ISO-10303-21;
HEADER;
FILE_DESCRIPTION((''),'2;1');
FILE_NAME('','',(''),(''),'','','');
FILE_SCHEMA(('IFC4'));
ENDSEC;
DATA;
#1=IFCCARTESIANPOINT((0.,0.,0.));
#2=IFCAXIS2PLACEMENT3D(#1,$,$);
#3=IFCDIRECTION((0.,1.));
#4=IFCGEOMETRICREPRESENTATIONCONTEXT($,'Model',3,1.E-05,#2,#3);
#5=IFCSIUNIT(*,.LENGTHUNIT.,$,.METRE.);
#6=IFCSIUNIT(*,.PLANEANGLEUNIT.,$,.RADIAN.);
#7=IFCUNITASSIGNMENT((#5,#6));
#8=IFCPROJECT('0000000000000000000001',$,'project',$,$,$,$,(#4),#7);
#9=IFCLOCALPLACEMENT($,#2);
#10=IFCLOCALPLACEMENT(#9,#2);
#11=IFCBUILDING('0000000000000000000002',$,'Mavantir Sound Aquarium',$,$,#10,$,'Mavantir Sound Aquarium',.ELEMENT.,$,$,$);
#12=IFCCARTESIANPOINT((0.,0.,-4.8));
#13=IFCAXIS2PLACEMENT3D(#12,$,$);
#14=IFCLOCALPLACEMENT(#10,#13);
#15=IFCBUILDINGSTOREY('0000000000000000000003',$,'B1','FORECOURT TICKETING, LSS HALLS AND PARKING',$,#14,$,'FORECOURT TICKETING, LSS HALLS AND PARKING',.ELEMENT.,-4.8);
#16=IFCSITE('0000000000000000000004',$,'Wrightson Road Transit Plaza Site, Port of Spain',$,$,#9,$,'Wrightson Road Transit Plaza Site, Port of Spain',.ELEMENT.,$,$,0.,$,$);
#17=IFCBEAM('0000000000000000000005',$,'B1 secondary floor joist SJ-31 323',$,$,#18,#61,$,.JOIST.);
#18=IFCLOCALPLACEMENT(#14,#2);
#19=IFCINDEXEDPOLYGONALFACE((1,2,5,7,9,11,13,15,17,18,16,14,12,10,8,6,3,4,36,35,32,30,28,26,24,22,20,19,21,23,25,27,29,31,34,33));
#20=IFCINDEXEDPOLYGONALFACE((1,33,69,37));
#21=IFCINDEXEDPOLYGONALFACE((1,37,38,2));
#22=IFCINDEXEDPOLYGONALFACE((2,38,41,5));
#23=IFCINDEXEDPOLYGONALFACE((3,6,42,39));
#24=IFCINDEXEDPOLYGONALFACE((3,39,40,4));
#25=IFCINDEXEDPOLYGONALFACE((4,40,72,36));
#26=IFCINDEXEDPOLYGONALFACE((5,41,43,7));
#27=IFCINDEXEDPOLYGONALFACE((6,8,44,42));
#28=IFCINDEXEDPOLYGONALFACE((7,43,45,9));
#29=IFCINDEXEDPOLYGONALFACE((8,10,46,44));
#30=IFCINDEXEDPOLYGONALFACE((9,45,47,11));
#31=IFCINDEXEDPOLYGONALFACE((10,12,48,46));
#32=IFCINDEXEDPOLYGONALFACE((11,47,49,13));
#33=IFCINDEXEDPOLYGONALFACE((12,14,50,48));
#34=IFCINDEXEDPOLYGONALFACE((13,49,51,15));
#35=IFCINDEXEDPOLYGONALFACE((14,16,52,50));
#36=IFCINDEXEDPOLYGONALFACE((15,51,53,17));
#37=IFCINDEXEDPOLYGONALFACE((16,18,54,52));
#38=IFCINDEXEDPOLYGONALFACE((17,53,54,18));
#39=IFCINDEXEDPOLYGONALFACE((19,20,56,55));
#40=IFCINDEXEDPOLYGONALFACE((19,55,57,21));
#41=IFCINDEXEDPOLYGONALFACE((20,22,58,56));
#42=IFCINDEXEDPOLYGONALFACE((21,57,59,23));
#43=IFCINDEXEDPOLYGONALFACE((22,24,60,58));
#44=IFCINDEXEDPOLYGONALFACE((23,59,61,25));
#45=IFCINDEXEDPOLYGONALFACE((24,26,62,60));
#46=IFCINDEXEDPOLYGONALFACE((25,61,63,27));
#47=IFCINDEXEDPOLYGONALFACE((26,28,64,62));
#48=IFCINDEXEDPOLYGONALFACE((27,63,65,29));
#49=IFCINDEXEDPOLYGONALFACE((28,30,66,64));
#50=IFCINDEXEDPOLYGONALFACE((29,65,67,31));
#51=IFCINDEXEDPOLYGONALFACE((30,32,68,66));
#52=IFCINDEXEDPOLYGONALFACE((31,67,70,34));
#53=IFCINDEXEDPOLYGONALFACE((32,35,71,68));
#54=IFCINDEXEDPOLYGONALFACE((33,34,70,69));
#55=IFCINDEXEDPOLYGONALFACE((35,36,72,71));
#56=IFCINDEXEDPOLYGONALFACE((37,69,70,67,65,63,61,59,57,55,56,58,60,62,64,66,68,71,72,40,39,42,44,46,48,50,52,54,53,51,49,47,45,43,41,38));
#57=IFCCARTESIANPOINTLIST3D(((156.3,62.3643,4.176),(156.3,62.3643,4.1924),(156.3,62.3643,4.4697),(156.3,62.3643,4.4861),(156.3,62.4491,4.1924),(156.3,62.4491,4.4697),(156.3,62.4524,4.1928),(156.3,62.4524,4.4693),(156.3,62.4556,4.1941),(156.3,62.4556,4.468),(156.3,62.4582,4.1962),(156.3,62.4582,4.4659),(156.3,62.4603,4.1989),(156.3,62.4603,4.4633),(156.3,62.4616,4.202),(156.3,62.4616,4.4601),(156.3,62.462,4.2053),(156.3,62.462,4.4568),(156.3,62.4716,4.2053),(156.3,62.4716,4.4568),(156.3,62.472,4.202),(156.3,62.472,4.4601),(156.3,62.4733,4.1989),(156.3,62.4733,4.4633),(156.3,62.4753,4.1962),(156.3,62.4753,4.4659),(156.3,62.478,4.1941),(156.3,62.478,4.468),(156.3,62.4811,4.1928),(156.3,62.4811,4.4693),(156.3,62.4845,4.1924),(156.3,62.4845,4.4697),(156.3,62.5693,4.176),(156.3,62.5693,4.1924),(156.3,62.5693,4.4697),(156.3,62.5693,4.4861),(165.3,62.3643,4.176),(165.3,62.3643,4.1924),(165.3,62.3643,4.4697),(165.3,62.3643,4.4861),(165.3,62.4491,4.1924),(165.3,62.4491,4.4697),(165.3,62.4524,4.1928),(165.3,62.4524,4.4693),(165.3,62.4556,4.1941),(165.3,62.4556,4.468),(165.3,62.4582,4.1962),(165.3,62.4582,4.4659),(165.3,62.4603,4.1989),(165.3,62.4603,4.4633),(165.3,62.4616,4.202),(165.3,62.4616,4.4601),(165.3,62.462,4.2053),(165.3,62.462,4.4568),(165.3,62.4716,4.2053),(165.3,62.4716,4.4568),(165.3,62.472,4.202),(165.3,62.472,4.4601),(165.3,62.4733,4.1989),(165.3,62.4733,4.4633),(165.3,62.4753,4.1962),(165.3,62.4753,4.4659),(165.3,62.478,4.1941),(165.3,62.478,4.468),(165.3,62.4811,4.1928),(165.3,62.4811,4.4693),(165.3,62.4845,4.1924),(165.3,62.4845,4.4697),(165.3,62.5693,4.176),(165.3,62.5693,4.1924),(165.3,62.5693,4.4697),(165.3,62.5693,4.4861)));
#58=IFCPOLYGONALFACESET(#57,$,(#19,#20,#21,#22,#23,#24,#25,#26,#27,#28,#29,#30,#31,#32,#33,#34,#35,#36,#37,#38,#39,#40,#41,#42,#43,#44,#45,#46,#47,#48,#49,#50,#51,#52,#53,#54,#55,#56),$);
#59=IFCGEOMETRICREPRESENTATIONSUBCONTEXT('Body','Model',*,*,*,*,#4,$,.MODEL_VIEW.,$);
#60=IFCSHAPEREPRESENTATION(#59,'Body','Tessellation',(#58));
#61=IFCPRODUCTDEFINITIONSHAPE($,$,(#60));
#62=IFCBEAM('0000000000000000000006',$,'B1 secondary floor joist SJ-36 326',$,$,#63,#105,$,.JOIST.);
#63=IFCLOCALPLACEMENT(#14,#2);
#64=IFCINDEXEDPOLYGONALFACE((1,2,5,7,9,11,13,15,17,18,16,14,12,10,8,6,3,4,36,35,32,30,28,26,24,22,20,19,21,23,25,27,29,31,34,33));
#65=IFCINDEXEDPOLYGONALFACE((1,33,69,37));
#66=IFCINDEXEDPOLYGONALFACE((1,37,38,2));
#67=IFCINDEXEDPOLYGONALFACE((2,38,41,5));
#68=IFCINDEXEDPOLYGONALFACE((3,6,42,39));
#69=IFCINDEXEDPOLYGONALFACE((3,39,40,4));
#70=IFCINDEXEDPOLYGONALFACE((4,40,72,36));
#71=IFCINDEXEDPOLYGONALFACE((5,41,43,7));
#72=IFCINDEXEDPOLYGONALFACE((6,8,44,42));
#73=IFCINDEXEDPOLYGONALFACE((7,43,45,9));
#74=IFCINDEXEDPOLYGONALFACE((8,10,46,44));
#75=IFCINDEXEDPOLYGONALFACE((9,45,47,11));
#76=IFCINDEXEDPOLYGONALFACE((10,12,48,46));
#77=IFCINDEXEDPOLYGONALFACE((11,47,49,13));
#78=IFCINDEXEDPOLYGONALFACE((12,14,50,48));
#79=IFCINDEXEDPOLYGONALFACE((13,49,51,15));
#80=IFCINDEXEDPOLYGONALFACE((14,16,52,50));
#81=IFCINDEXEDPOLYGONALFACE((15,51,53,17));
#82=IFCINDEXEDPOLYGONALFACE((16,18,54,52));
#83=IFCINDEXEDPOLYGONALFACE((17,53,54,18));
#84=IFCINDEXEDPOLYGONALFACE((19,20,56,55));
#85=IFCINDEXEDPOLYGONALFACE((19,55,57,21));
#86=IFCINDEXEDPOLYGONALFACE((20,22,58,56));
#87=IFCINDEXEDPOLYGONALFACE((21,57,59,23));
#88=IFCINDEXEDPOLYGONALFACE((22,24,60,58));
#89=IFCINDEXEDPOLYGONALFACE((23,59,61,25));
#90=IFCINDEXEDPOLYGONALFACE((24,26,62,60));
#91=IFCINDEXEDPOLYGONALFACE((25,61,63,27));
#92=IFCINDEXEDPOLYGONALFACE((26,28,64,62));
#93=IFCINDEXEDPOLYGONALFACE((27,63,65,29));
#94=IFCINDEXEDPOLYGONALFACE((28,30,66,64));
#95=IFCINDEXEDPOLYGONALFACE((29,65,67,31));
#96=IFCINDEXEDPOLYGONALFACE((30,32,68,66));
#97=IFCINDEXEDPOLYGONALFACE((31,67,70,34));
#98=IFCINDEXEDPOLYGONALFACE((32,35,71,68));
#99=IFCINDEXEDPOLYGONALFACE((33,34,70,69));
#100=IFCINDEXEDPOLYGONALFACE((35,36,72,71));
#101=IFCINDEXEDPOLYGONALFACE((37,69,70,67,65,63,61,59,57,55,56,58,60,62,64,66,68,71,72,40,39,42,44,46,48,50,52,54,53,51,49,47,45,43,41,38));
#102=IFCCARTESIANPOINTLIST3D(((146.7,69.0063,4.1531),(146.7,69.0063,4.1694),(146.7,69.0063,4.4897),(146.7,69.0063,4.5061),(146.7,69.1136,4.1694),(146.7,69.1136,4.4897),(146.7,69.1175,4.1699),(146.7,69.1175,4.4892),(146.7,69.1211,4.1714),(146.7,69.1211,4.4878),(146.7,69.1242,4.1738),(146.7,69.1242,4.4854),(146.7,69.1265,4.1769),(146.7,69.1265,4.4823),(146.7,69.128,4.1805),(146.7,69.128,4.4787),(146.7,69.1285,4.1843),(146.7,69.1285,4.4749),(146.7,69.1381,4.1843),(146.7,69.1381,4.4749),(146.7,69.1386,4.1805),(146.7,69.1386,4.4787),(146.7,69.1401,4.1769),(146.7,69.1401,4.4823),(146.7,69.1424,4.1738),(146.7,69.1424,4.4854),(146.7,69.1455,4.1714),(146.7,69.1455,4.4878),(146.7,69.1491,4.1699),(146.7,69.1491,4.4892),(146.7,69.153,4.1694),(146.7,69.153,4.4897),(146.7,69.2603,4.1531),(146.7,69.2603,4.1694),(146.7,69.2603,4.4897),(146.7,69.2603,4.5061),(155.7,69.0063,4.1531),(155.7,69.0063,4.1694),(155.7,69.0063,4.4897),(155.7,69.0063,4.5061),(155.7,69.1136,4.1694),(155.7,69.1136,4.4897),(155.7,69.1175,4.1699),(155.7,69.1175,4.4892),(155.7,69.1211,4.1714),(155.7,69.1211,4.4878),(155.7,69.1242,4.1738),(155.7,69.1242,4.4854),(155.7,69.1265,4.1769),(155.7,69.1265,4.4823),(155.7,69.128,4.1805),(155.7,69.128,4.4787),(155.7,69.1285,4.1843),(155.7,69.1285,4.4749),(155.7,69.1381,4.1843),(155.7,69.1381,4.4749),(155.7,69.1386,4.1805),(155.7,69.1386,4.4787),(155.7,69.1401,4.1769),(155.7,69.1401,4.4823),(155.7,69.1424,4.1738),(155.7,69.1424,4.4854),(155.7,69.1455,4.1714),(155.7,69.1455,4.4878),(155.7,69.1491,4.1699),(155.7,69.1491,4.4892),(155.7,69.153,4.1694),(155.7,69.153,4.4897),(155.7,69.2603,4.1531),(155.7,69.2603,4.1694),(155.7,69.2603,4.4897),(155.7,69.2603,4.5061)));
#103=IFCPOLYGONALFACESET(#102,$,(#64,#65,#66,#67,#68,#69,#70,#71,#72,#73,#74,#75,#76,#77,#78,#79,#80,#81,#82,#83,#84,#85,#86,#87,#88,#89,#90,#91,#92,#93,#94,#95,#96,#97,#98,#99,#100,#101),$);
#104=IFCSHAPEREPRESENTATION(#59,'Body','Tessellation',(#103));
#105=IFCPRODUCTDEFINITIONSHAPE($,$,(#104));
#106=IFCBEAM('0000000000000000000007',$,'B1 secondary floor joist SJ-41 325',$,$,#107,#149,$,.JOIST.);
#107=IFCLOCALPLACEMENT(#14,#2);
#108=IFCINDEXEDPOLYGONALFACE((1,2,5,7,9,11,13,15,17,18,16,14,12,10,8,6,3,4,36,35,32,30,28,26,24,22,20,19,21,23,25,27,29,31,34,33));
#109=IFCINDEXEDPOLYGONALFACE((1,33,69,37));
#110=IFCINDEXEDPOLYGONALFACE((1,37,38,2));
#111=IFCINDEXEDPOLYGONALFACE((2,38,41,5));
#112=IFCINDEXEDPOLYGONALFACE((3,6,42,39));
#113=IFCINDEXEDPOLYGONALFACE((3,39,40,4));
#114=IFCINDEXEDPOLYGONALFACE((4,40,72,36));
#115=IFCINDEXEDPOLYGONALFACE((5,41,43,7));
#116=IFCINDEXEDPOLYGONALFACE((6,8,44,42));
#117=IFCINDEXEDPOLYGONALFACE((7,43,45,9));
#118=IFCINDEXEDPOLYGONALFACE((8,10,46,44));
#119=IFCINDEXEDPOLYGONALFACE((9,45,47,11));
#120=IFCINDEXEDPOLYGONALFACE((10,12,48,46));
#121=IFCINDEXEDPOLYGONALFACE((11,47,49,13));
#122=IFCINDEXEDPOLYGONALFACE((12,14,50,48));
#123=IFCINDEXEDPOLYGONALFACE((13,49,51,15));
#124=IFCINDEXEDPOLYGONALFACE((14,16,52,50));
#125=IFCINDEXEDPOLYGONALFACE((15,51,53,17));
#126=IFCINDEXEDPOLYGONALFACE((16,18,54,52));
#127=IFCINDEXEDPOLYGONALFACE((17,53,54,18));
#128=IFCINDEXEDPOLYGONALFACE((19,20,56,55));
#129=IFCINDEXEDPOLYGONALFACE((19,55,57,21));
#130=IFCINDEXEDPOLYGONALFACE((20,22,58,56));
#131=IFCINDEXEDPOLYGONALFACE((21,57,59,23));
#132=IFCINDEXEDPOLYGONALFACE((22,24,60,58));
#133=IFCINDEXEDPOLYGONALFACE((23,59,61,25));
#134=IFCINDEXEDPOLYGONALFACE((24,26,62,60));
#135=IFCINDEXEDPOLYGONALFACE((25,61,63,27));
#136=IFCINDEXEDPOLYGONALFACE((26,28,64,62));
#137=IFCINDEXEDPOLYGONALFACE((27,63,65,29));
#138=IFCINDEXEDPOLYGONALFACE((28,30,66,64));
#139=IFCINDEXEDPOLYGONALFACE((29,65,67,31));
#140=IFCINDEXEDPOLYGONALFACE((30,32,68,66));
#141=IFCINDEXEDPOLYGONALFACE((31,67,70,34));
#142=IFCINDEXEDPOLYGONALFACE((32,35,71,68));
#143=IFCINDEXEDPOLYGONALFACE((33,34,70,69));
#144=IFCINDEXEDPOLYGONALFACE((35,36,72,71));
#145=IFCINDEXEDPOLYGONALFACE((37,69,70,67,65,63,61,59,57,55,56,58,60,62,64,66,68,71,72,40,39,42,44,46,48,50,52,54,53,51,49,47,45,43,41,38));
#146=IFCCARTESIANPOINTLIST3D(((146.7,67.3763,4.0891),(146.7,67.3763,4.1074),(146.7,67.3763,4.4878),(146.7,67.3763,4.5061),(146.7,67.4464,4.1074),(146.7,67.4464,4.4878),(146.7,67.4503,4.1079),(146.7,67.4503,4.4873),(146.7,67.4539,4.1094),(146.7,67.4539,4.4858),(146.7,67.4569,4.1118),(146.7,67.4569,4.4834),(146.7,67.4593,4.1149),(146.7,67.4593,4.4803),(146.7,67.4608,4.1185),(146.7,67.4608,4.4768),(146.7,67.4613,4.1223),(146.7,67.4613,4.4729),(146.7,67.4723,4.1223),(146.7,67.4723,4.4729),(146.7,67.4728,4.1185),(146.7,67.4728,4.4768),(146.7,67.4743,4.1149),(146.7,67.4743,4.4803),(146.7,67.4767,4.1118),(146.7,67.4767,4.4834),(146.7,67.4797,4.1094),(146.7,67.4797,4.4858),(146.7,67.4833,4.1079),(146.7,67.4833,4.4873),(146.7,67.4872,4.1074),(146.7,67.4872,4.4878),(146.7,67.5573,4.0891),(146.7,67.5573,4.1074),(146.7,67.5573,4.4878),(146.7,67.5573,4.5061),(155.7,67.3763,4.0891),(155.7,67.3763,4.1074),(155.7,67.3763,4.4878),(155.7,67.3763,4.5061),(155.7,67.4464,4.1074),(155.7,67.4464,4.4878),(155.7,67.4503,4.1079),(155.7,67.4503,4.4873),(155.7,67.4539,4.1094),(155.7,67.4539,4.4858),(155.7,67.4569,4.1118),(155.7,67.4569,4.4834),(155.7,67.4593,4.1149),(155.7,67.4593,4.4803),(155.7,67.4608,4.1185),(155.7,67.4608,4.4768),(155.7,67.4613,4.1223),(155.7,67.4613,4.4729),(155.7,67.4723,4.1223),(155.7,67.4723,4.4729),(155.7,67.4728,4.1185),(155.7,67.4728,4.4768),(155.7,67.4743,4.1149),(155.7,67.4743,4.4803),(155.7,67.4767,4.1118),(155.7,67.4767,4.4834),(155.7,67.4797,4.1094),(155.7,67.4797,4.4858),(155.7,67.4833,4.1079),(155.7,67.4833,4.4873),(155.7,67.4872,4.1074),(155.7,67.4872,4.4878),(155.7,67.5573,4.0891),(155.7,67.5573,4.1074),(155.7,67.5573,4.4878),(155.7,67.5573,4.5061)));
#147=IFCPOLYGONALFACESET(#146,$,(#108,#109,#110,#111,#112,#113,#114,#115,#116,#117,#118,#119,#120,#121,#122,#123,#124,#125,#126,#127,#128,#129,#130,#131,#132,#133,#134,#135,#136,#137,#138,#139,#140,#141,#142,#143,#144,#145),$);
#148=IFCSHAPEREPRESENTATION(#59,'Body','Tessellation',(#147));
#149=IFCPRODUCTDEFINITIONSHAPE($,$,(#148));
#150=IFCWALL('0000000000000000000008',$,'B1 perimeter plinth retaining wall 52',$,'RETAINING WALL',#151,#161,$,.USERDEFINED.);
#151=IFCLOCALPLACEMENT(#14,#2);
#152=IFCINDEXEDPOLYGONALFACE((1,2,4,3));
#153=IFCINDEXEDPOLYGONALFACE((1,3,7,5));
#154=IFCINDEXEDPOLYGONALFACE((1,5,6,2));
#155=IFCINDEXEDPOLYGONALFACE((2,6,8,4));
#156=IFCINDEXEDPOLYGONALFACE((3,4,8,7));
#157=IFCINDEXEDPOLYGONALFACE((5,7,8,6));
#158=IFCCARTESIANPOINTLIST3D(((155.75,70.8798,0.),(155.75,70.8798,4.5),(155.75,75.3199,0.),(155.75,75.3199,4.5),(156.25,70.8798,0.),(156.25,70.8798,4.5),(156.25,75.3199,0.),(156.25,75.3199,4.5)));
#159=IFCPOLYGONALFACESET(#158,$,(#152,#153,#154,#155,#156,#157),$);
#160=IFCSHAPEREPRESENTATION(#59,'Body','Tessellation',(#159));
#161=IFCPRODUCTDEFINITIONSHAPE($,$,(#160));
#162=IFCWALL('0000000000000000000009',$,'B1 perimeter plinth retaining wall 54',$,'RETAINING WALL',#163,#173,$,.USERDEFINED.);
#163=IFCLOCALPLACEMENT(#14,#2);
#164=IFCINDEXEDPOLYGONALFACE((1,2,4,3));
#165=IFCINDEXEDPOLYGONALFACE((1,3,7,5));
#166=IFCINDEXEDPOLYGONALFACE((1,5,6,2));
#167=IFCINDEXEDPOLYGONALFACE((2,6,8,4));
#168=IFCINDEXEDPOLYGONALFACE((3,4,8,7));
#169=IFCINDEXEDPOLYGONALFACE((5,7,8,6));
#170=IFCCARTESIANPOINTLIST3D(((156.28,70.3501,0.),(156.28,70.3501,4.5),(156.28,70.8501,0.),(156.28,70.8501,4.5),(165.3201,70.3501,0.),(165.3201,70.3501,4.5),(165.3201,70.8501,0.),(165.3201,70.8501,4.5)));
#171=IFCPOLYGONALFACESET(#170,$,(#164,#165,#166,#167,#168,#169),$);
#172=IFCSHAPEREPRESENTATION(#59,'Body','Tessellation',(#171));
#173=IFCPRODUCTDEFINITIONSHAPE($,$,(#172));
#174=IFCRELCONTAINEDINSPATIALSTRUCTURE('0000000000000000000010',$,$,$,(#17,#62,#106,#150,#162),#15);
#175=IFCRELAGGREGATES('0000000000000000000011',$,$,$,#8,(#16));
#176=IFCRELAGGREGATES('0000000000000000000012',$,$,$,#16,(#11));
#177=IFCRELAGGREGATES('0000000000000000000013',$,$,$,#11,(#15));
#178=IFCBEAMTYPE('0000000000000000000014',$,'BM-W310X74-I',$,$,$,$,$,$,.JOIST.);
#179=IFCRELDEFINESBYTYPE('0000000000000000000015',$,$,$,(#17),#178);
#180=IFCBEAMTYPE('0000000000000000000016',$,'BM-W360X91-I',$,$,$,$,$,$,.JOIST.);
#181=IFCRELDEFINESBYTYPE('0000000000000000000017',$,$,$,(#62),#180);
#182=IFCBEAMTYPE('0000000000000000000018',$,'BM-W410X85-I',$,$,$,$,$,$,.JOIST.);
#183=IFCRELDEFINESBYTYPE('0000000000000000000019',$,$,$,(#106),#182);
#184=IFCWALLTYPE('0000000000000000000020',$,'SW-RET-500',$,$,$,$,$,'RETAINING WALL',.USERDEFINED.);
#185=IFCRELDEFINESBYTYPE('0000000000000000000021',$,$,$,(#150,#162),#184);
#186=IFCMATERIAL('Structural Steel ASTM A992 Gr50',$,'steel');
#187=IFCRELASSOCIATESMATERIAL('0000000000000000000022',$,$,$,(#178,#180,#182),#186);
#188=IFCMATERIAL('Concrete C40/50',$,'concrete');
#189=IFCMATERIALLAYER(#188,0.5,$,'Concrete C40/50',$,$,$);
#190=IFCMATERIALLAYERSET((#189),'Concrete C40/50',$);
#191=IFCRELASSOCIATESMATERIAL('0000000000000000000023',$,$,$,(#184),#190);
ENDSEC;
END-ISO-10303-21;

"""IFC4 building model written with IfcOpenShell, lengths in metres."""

from ifc_helpers import new_model, si_unit, direction, frame, frame_2d, origin, origin_2d, place, context, subcontext, project, spatial, rectangle, i_section, extrude, material, layer, layer_set, material_profile, profile_set, type_object, element, save


model = new_model("IFC4")

# Units and contexts
model_context = context("Model", 3, precision=1e-05, world=origin(), true_north=direction((0.0, 1.0)))
body_context = subcontext(model_context, "Body", "Model", "MODEL_VIEW")
ifc_project = project(units=[si_unit("LENGTHUNIT", "METRE"), si_unit("PLANEANGLEUNIT", "RADIAN")], contexts=[model_context])

# Site, building, storey
site_placement = place(None, origin())
site = spatial("IfcSite", under=ifc_project, at=site_placement, Name="Wrightson Road Transit Plaza Site, Port of Spain", LongName="Wrightson Road Transit Plaza Site, Port of Spain", CompositionType="ELEMENT", RefElevation=0.0)
building_placement = place(site_placement, origin())
building = spatial("IfcBuilding", under=site, at=building_placement, Name="Mavantir Sound Aquarium", LongName="Mavantir Sound Aquarium", CompositionType="ELEMENT")
storey_placement = place(building_placement, frame((0.0, 0.0, -4.8)))
storey = spatial("IfcBuildingStorey", under=building, at=storey_placement, Name="B1", Description="FORECOURT TICKETING, LSS HALLS AND PARKING", LongName="FORECOURT TICKETING, LSS HALLS AND PARKING", CompositionType="ELEMENT", Elevation=-4.8)

# Shared definitions
ifc_material_1 = material(Name="Concrete C40/50", Category="concrete")

# Beams
ifc_material_2 = material(Name="Structural Steel ASTM A992 Gr50", Category="steel")
ifc_material_profile_1 = material_profile(ifc_material_2, i_section(OverallWidth=0.2051, OverallDepth=0.3101, WebThickness=0.0095, FlangeThickness=0.0164, FilletRadius=0.0129, at=origin_2d()), Name="W310X74")
ifc_profile_set_1 = profile_set([ifc_material_profile_1], Name="Structural Steel ASTM A992 Gr50")
beam_type_1 = type_object("IfcBeamType", Name="BM-W310X74-I", PredefinedType="JOIST", material=ifc_profile_set_1)
for number, where, z_axis, x_axis, name in (
    (1, (156.3, 62.4668, 4.3311), (1.0, 0.0, 0.0), (0.0, 1.0, 0.0), "B1 secondary floor joist SJ-31 323"),
):
    element("IfcBeam", number, at=place(storey_placement, frame(where, z_axis=z_axis, x_axis=x_axis)), inside=storey, type_object=beam_type_1, Name=name, PredefinedType="JOIST", context=body_context, shape_type="SweptSolid", body=[
        extrude(i_section(OverallWidth=0.2051, OverallDepth=0.3101, WebThickness=0.0095, FlangeThickness=0.0164, FilletRadius=0.0129, at=origin_2d()), origin(), (0.0, 0.0, 1.0), 9.0),
    ])
ifc_material_profile_2 = material_profile(ifc_material_2, i_section(OverallWidth=0.2539, OverallDepth=0.353, WebThickness=0.0095, FlangeThickness=0.0164, FilletRadius=0.0149, at=origin_2d()), Name="W360X91")
ifc_profile_set_2 = profile_set([ifc_material_profile_2], Name="Structural Steel ASTM A992 Gr50")
beam_type_2 = type_object("IfcBeamType", Name="BM-W360X91-I", PredefinedType="JOIST", material=ifc_profile_set_2)
beam_1_placement = place(storey_placement, frame((146.7, 69.1333, 4.3296), z_axis=(1.0, 0.0, 0.0), x_axis=(0.0, 1.0, 0.0)))
element("IfcBeam", 2, at=beam_1_placement, inside=storey, type_object=beam_type_2, Name="B1 secondary floor joist SJ-36 326", PredefinedType="JOIST", context=body_context, shape_type="SweptSolid", body=[
    extrude(i_section(OverallWidth=0.2539, OverallDepth=0.353, WebThickness=0.0095, FlangeThickness=0.0164, FilletRadius=0.0149, at=origin_2d()), origin(), (0.0, 0.0, 1.0), 9.0),
])
ifc_material_profile_3 = material_profile(ifc_material_2, i_section(OverallWidth=0.1809, OverallDepth=0.417, WebThickness=0.011, FlangeThickness=0.0183, FilletRadius=0.0149, at=origin_2d()), Name="W410X85")
ifc_profile_set_3 = profile_set([ifc_material_profile_3], Name="Structural Steel ASTM A992 Gr50")
beam_type_3 = type_object("IfcBeamType", Name="BM-W410X85-I", PredefinedType="JOIST", material=ifc_profile_set_3)
beam_2_placement = place(storey_placement, frame((146.7, 67.4668, 4.2976), z_axis=(1.0, 0.0, 0.0), x_axis=(0.0, 1.0, 0.0)))
element("IfcBeam", 3, at=beam_2_placement, inside=storey, type_object=beam_type_3, Name="B1 secondary floor joist SJ-41 325", PredefinedType="JOIST", context=body_context, shape_type="SweptSolid", body=[
    extrude(i_section(OverallWidth=0.1809, OverallDepth=0.417, WebThickness=0.011, FlangeThickness=0.0183, FilletRadius=0.0149, at=origin_2d()), origin(), (0.0, 0.0, 1.0), 9.0),
])

# Walls
ifc_layer = layer(ifc_material_1, 0.5, Name="Concrete C40/50")
ifc_layer_set = layer_set([ifc_layer], Name="Concrete C40/50")
wall_type = type_object("IfcWallType", Name="SW-RET-500", ElementType="RETAINING WALL", PredefinedType="USERDEFINED", material=ifc_layer_set)
wall_1_placement = place(storey_placement, frame((156.0, 75.3201, 0.0), z_axis=(0.0, 0.0, 1.0), x_axis=(0.0, -1.0, 0.0)))
element("IfcWall", 4, at=wall_1_placement, inside=storey, type_object=wall_type, Name="B1 perimeter plinth retaining wall 52", ObjectType="RETAINING WALL", PredefinedType="USERDEFINED", context=body_context, shape_type="SweptSolid", body=[
    extrude(rectangle(XDim=4.4402, YDim=0.5, at=frame_2d((2.2202, 0.0))), origin(), (0.0, 0.0, 1.0), 4.5),
])
wall_2_placement = place(storey_placement, frame((156.28, 70.6001, 0.0), z_axis=(0.0, 0.0, 1.0), x_axis=(1.0, 0.0, 0.0)))
element("IfcWall", 5, at=wall_2_placement, inside=storey, type_object=wall_type, Name="B1 perimeter plinth retaining wall 54", ObjectType="RETAINING WALL", PredefinedType="USERDEFINED", context=body_context, shape_type="SweptSolid", body=[
    extrude(rectangle(XDim=9.04, YDim=0.5, at=frame_2d((4.52, 0.0))), origin(), (0.0, 0.0, 1.0), 4.5),
])

save(model, "model.ifc")
